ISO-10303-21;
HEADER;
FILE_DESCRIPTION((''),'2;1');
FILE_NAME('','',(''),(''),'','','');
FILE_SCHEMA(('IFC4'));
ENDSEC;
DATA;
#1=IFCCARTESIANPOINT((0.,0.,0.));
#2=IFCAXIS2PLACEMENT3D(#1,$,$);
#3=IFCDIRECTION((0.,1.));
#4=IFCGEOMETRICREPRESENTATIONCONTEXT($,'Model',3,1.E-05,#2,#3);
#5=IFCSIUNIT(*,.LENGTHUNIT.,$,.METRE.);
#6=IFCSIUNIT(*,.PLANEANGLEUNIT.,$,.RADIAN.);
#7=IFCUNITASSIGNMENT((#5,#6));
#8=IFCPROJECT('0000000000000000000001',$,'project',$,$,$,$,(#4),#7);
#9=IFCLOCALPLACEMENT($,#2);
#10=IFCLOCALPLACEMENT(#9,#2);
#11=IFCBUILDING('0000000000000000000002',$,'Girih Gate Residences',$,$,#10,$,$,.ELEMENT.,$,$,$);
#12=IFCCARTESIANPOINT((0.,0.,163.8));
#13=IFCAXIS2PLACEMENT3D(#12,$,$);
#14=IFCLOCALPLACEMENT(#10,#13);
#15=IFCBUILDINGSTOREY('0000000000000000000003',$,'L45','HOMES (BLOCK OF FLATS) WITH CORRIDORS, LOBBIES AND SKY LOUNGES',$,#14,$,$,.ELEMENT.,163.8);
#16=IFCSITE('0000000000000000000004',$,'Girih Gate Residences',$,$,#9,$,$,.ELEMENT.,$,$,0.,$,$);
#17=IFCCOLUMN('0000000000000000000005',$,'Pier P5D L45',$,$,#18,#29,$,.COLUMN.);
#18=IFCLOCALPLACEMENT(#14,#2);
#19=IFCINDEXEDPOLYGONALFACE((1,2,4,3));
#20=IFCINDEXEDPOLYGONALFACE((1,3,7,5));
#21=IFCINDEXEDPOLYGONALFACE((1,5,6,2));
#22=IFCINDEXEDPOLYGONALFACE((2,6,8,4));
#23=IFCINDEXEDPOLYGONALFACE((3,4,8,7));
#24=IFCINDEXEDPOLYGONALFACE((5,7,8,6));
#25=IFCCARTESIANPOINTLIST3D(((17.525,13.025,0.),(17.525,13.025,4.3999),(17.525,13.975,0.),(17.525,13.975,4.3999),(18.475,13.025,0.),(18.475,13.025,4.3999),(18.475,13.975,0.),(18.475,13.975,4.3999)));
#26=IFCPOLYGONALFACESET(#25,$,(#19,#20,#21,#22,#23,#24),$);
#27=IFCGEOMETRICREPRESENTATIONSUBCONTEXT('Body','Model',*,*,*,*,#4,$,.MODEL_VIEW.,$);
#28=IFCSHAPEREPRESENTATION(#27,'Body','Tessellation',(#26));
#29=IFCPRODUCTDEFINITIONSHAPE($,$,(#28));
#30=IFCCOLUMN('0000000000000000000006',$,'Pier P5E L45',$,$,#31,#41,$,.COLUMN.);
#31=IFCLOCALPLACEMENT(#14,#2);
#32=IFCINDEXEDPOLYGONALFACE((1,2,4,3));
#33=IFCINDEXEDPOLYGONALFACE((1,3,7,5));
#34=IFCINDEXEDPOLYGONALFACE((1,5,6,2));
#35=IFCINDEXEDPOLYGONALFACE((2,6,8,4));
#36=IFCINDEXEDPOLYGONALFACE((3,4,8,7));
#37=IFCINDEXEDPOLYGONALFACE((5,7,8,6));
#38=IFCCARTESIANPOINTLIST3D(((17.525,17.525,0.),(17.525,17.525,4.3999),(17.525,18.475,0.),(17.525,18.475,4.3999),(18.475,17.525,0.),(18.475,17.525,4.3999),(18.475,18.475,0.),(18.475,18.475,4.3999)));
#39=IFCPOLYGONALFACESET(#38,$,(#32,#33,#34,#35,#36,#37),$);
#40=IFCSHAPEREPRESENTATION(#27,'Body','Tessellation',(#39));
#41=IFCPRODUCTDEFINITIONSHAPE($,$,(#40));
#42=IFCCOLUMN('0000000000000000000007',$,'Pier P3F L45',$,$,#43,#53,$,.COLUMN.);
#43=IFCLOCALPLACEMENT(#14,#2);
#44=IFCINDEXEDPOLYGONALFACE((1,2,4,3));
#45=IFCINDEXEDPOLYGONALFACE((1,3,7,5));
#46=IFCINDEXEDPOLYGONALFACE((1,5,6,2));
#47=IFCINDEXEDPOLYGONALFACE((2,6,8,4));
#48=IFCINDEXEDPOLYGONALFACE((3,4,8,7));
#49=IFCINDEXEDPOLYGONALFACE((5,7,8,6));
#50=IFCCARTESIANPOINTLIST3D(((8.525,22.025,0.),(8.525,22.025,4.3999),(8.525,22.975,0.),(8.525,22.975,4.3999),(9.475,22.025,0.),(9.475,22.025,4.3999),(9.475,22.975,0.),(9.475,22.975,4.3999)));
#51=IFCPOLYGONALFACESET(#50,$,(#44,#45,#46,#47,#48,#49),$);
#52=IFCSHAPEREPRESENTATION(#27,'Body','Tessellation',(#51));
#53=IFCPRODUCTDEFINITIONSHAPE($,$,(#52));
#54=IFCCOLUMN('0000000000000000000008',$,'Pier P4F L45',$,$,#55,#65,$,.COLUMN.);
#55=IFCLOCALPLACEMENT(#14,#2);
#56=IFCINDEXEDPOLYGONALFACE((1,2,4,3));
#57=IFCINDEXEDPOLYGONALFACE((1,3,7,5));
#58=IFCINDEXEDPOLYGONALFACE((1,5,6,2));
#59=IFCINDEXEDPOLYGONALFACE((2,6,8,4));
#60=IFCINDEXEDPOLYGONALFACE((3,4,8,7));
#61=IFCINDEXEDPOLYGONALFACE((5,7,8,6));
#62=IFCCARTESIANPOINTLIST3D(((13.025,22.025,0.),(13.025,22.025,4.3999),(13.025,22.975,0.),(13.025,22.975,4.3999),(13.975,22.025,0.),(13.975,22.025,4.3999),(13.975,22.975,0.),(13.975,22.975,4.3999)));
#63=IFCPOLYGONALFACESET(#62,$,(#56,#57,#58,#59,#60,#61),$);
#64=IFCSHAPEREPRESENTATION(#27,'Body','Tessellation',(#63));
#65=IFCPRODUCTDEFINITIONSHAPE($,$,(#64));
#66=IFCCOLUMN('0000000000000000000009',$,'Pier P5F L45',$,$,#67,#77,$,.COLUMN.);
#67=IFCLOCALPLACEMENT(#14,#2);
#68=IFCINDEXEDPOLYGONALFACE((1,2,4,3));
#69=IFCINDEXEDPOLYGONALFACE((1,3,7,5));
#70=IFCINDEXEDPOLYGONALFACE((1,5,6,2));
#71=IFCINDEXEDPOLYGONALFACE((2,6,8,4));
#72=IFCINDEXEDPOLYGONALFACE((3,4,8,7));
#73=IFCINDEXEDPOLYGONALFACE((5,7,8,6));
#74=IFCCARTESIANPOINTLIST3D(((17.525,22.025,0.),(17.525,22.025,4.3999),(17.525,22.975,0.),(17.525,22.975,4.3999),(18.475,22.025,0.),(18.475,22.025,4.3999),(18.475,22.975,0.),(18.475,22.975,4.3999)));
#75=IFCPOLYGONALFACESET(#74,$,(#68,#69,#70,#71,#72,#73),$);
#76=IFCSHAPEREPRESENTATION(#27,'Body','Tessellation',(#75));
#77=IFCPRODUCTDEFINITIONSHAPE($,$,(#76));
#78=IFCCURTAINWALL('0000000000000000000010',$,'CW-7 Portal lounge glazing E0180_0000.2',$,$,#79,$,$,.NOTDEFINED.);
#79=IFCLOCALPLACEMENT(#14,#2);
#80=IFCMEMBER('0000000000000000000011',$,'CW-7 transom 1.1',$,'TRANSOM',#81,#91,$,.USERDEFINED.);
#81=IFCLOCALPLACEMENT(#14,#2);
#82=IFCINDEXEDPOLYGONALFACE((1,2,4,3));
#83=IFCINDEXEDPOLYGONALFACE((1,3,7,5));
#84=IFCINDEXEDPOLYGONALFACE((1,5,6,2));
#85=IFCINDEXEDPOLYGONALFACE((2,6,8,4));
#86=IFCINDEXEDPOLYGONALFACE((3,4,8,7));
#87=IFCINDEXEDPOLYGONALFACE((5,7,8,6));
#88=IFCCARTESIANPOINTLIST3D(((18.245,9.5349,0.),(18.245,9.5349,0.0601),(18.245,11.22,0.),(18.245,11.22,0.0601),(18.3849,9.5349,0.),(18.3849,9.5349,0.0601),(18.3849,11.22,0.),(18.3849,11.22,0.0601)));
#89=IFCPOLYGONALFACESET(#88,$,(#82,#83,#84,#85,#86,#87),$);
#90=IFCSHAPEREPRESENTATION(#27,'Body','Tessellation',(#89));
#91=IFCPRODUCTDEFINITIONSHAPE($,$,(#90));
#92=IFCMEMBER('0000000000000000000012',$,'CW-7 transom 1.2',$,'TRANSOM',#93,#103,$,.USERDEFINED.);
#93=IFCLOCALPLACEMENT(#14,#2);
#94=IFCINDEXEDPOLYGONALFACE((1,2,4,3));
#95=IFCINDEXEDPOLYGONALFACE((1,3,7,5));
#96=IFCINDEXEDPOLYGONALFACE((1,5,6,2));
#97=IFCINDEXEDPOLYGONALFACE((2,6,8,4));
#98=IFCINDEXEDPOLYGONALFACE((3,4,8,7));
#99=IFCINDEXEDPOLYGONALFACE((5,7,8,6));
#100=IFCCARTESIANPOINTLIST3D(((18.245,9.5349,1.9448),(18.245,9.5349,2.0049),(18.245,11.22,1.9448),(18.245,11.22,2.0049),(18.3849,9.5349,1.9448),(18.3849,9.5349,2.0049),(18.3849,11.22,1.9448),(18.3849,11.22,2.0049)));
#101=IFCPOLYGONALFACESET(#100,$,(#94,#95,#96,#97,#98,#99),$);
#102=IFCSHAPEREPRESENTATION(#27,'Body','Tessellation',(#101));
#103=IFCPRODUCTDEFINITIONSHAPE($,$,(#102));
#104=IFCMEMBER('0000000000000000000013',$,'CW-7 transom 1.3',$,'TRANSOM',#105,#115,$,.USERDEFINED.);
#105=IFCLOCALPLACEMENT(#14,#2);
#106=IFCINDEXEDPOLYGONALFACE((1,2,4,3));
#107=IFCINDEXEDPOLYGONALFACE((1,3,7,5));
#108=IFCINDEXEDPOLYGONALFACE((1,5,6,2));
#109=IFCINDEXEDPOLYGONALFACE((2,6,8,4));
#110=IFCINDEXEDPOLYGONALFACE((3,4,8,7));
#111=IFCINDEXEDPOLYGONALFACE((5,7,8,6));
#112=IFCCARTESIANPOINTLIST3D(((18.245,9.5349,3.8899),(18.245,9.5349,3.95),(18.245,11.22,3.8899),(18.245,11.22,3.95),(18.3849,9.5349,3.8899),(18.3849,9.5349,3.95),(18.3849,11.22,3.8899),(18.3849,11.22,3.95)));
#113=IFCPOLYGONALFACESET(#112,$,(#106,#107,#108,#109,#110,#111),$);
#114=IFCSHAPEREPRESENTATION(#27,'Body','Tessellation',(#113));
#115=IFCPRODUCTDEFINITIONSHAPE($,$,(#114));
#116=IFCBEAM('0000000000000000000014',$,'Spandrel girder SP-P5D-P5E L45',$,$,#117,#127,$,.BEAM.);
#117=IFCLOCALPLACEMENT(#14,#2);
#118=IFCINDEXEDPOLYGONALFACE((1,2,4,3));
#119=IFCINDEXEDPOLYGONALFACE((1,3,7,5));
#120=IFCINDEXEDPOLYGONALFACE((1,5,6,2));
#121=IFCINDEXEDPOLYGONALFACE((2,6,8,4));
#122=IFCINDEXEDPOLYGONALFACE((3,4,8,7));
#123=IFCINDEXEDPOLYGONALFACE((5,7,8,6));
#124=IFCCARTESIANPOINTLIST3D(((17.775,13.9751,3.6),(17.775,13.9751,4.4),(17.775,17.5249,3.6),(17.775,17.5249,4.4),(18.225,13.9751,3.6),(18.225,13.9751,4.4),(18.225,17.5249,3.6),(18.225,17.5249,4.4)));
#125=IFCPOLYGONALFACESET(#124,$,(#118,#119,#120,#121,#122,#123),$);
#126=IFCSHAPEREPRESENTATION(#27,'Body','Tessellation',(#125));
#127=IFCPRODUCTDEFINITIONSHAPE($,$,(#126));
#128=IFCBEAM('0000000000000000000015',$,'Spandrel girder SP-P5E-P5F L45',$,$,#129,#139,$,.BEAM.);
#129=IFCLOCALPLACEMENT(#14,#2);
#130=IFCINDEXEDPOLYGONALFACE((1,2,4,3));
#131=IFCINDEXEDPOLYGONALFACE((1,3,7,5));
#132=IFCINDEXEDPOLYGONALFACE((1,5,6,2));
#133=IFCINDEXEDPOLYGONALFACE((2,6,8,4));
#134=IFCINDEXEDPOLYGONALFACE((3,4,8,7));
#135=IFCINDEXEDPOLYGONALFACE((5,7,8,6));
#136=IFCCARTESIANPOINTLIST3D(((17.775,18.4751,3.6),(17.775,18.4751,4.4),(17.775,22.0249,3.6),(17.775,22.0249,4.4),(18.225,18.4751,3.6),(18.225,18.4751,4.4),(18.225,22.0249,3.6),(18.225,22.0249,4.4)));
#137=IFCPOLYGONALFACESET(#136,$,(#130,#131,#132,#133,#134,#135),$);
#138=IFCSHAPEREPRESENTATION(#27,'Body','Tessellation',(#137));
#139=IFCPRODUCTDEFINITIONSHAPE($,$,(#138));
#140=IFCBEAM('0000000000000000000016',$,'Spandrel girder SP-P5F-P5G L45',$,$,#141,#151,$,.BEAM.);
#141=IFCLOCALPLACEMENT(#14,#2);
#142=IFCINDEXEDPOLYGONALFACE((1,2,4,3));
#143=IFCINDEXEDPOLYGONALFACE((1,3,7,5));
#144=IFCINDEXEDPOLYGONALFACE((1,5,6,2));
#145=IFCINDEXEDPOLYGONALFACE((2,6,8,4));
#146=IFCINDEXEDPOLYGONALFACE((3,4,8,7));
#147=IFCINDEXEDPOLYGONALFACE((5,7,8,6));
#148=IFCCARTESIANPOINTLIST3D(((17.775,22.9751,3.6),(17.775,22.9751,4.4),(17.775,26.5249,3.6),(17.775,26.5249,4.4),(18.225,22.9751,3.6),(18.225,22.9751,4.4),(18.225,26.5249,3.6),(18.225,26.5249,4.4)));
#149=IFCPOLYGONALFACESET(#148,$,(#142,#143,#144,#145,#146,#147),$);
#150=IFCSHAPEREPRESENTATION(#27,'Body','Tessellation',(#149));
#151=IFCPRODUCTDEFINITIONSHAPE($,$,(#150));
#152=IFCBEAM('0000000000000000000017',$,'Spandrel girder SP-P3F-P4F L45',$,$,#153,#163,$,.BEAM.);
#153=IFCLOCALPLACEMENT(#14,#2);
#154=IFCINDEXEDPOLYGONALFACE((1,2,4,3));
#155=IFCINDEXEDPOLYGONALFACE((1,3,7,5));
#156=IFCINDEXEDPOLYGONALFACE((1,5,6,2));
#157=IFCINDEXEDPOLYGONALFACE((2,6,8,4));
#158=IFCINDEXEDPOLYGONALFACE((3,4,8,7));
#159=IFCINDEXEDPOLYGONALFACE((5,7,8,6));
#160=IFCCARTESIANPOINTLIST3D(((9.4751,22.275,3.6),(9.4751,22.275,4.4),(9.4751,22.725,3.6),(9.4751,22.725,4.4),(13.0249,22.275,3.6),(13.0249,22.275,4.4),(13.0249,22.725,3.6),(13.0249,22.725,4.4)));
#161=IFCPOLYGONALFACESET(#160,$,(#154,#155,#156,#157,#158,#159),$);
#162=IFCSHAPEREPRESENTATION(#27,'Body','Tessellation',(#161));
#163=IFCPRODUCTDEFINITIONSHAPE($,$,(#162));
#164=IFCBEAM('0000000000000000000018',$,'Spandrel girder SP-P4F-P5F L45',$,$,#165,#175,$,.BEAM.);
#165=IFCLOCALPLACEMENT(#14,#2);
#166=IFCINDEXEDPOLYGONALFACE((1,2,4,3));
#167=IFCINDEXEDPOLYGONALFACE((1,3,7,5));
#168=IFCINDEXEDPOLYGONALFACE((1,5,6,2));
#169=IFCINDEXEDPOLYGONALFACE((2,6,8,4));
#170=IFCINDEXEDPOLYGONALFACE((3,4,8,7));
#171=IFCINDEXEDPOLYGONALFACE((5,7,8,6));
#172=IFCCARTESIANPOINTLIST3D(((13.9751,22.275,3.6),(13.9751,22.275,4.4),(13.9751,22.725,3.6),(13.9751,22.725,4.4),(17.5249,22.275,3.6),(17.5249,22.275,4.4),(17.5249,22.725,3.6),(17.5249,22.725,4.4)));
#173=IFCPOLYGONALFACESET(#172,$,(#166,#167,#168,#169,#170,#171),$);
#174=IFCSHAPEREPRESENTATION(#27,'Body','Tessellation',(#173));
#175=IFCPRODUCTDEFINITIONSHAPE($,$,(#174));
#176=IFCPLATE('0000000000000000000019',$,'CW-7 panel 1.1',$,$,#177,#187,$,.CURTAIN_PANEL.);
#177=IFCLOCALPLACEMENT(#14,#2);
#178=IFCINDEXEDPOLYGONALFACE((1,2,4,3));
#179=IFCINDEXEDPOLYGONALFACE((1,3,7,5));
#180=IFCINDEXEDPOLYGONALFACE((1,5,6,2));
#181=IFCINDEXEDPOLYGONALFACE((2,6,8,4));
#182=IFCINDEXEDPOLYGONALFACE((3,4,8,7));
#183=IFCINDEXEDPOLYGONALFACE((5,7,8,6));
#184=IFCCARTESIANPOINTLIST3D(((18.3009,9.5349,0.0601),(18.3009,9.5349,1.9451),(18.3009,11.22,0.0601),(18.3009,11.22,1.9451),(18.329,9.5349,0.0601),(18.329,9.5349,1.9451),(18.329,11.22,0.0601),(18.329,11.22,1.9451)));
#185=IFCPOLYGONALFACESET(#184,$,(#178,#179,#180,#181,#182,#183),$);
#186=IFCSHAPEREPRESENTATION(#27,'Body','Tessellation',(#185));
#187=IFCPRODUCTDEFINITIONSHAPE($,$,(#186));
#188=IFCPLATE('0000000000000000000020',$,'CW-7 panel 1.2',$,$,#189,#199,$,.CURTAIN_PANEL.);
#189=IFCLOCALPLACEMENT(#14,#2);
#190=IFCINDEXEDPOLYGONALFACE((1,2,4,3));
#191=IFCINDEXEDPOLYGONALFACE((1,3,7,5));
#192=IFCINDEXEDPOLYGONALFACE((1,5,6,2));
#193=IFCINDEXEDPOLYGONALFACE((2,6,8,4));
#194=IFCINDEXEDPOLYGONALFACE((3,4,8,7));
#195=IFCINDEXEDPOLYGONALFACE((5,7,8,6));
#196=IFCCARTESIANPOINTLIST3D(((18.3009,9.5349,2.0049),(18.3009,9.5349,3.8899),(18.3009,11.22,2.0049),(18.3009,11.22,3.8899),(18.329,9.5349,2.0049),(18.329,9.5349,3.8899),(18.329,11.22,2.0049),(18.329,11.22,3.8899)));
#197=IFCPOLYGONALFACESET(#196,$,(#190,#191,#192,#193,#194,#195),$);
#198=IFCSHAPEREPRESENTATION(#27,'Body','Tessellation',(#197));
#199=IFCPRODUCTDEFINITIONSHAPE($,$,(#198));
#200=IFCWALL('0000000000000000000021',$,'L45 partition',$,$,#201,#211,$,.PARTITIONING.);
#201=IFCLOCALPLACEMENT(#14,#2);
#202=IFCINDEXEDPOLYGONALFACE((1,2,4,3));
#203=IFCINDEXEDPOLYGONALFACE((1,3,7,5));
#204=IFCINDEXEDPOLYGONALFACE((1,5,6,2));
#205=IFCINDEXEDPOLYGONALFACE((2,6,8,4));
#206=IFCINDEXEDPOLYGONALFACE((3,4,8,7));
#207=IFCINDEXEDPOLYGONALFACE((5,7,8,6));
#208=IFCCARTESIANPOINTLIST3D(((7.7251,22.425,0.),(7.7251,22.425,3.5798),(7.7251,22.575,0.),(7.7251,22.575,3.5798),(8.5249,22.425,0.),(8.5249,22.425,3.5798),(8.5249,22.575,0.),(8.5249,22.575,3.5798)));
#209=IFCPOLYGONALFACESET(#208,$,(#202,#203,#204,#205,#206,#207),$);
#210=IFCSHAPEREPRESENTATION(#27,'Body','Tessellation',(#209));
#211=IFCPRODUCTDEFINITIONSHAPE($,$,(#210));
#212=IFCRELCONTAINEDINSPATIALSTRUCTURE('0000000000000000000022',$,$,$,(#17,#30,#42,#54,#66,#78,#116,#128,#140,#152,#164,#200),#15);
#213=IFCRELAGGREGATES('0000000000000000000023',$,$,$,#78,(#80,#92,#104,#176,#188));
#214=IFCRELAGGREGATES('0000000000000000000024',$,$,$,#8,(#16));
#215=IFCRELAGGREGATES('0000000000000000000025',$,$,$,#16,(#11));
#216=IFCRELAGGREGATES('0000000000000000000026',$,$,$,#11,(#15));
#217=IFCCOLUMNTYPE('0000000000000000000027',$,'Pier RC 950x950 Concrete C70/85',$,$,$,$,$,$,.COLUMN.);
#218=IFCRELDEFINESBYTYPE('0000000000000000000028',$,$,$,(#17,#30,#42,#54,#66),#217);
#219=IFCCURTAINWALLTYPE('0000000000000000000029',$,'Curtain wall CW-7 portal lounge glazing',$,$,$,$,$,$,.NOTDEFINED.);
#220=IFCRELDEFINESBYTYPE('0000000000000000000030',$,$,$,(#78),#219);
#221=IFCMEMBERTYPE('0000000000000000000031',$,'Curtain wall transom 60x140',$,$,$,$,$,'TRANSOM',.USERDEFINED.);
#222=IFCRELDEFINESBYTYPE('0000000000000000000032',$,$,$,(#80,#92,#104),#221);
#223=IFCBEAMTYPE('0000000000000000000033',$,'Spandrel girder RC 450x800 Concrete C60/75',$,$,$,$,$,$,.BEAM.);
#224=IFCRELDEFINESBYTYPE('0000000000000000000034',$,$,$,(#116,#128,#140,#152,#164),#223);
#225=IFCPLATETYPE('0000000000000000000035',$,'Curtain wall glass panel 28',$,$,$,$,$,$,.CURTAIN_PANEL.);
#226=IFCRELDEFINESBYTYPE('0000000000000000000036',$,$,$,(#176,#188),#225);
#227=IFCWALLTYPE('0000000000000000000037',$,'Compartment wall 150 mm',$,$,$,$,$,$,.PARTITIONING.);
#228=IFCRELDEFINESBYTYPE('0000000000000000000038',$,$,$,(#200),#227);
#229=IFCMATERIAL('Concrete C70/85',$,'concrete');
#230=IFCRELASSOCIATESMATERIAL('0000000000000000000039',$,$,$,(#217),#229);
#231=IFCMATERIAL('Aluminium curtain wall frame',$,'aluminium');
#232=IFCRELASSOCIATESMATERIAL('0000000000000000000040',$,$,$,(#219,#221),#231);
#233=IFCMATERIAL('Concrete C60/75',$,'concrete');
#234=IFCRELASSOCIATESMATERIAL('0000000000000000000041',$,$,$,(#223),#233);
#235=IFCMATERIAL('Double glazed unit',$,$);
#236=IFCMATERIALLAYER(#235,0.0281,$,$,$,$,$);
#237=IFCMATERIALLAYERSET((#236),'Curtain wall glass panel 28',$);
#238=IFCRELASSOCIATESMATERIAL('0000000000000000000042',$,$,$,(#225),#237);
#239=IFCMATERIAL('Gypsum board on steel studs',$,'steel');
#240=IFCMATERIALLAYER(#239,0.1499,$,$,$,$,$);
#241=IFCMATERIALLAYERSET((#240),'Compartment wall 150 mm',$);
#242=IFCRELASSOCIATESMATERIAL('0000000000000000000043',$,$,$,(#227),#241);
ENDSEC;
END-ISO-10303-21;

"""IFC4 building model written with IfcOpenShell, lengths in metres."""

from ifc_helpers import new_model, si_unit, direction, frame, frame_2d, origin, origin_2d, place, context, subcontext, project, spatial, rectangle, extrude, material, layer, layer_set, material_profile, profile_set, type_object, element, aggregate, save


model = new_model("IFC4")

# Units and contexts
model_context = context("Model", 3, precision=1e-05, world=origin(), true_north=direction((0.0, 1.0)))
body_context = subcontext(model_context, "Body", "Model", "MODEL_VIEW")
ifc_project = project(units=[si_unit("LENGTHUNIT", "METRE"), si_unit("PLANEANGLEUNIT", "RADIAN")], contexts=[model_context])

# Site, building, storey
site_placement = place(None, origin())
site = spatial("IfcSite", under=ifc_project, at=site_placement, Name="Girih Gate Residences", CompositionType="ELEMENT", RefElevation=0.0)
building_placement = place(site_placement, origin())
building = spatial("IfcBuilding", under=site, at=building_placement, Name="Girih Gate Residences", CompositionType="ELEMENT")
storey_placement = place(building_placement, frame((0.0, 0.0, 163.8)))
storey = spatial("IfcBuildingStorey", under=building, at=storey_placement, Name="L45", Description="HOMES (BLOCK OF FLATS) WITH CORRIDORS, LOBBIES AND SKY LOUNGES", CompositionType="ELEMENT", Elevation=163.8)

# Columns
ifc_material_1 = material(Name="Concrete C70/85", Category="concrete")
ifc_material_profile_1 = material_profile(ifc_material_1, rectangle(XDim=0.95, YDim=0.95, at=origin_2d()))
ifc_profile_set_1 = profile_set([ifc_material_profile_1], Name="Concrete C70/85")
column_type = type_object("IfcColumnType", Name="Pier RC 950x950 Concrete C70/85", PredefinedType="COLUMN", material=ifc_profile_set_1)
for number, where, z_axis, x_axis, name in (
    (1, (18.0, 13.5, 0.0), (0.0, 0.0, 1.0), (1.0, 0.0, 0.0), "Pier P5D L45"),
    (2, (18.0, 18.0, 0.0), (0.0, 0.0, 1.0), (1.0, 0.0, 0.0), "Pier P5E L45"),
    (3, (9.0, 22.5, 0.0), (0.0, 0.0, 1.0), (1.0, 0.0, 0.0), "Pier P3F L45"),
    (4, (13.5, 22.5, 0.0), (0.0, 0.0, 1.0), (1.0, 0.0, 0.0), "Pier P4F L45"),
    (5, (18.0, 22.5, 0.0), (0.0, 0.0, 1.0), (1.0, 0.0, 0.0), "Pier P5F L45"),
):
    element("IfcColumn", number, at=place(storey_placement, frame(where, z_axis=z_axis, x_axis=x_axis)), inside=storey, type_object=column_type, Name=name, PredefinedType="COLUMN", context=body_context, shape_type="SweptSolid", body=[
        extrude(rectangle(XDim=0.95, YDim=0.95, at=origin_2d()), origin(), (0.0, 0.0, 1.0), 4.3999),
    ])

# Curtain wall, members
ifc_material_2 = material(Name="Aluminium curtain wall frame", Category="aluminium")
curtain_wall_type = type_object("IfcCurtainWallType", Name="Curtain wall CW-7 portal lounge glazing", PredefinedType="NOTDEFINED", material=ifc_material_2)
curtain_wall_placement = place(storey_placement, origin())
curtain_wall = element("IfcCurtainWall", 6, at=curtain_wall_placement, inside=storey, type_object=curtain_wall_type, Name="CW-7 Portal lounge glazing E0180_0000.2", PredefinedType="NOTDEFINED")
ifc_material_profile_2 = material_profile(ifc_material_2, rectangle(XDim=0.1399, YDim=0.0601, at=origin_2d()))
ifc_profile_set_2 = profile_set([ifc_material_profile_2], Name="Aluminium curtain wall frame")
member_type = type_object("IfcMemberType", Name="Curtain wall transom 60x140", ElementType="TRANSOM", PredefinedType="USERDEFINED", material=ifc_profile_set_2)
member_1_placement = place(storey_placement, frame((18.3149, 9.5349, 0.03), z_axis=(0.0, 1.0, 0.0), x_axis=(-1.0, 0.0, 0.0)))
member_1 = element("IfcMember", 7, at=member_1_placement, type_object=member_type, Name="CW-7 transom 1.1", ObjectType="TRANSOM", PredefinedType="USERDEFINED", context=body_context, shape_type="SweptSolid", body=[
    extrude(rectangle(XDim=0.1399, YDim=0.0601, at=origin_2d()), origin(), (0.0, 0.0, 1.0), 1.6851),
])
member_2_placement = place(storey_placement, frame((18.3149, 9.5349, 1.9749), z_axis=(0.0, 1.0, 0.0), x_axis=(-1.0, 0.0, 0.0)))
member_2 = element("IfcMember", 8, at=member_2_placement, type_object=member_type, Name="CW-7 transom 1.2", ObjectType="TRANSOM", PredefinedType="USERDEFINED", context=body_context, shape_type="SweptSolid", body=[
    extrude(rectangle(XDim=0.1399, YDim=0.0601, at=origin_2d()), origin(), (0.0, 0.0, 1.0), 1.6851),
])
member_3_placement = place(storey_placement, frame((18.3149, 9.5349, 3.9199), z_axis=(0.0, 1.0, 0.0), x_axis=(-1.0, 0.0, 0.0)))
member_3 = element("IfcMember", 9, at=member_3_placement, type_object=member_type, Name="CW-7 transom 1.3", ObjectType="TRANSOM", PredefinedType="USERDEFINED", context=body_context, shape_type="SweptSolid", body=[
    extrude(rectangle(XDim=0.1399, YDim=0.0601, at=origin_2d()), origin(), (0.0, 0.0, 1.0), 1.6851),
])

# Beams
ifc_material_3 = material(Name="Concrete C60/75", Category="concrete")
ifc_material_profile_3 = material_profile(ifc_material_3, rectangle(XDim=0.45, YDim=0.8, at=origin_2d()))
ifc_profile_set_3 = profile_set([ifc_material_profile_3], Name="Concrete C60/75")
beam_type = type_object("IfcBeamType", Name="Spandrel girder RC 450x800 Concrete C60/75", PredefinedType="BEAM", material=ifc_profile_set_3)
for number, where, z_axis, x_axis, name in (
    (10, (18.0, 13.9751, 4.0), (0.0, 1.0, 0.0), (-1.0, 0.0, 0.0), "Spandrel girder SP-P5D-P5E L45"),
    (11, (18.0, 18.4751, 4.0), (0.0, 1.0, 0.0), (-1.0, 0.0, 0.0), "Spandrel girder SP-P5E-P5F L45"),
    (12, (18.0, 22.9751, 4.0), (0.0, 1.0, 0.0), (-1.0, 0.0, 0.0), "Spandrel girder SP-P5F-P5G L45"),
    (13, (9.4751, 22.5, 4.0), (1.0, 0.0, 0.0), (0.0, 1.0, 0.0), "Spandrel girder SP-P3F-P4F L45"),
    (14, (13.9751, 22.5, 4.0), (1.0, 0.0, 0.0), (0.0, 1.0, 0.0), "Spandrel girder SP-P4F-P5F L45"),
):
    element("IfcBeam", number, at=place(storey_placement, frame(where, z_axis=z_axis, x_axis=x_axis)), inside=storey, type_object=beam_type, Name=name, PredefinedType="BEAM", context=body_context, shape_type="SweptSolid", body=[
        extrude(rectangle(XDim=0.45, YDim=0.8, at=origin_2d()), origin(), (0.0, 0.0, 1.0), 3.5498),
    ])

# Plates
ifc_material_4 = material(Name="Double glazed unit")
ifc_layer_1 = layer(ifc_material_4, 0.0281)
ifc_layer_set_1 = layer_set([ifc_layer_1], Name="Curtain wall glass panel 28")
plate_type = type_object("IfcPlateType", Name="Curtain wall glass panel 28", PredefinedType="CURTAIN_PANEL", material=ifc_layer_set_1)
plate_1_placement = place(storey_placement, frame((18.3149, 10.3774, 0.0601), z_axis=(0.0, 0.0, 1.0), x_axis=(0.0, 1.0, 0.0)))
plate_1 = element("IfcPlate", 15, at=plate_1_placement, type_object=plate_type, Name="CW-7 panel 1.1", PredefinedType="CURTAIN_PANEL", context=body_context, shape_type="SweptSolid", body=[
    extrude(rectangle(XDim=1.6851, YDim=0.0281, at=origin_2d()), origin(), (0.0, 0.0, 1.0), 1.885),
])
plate_2_placement = place(storey_placement, frame((18.3149, 10.3774, 2.0049), z_axis=(0.0, 0.0, 1.0), x_axis=(0.0, 1.0, 0.0)))
plate_2 = element("IfcPlate", 16, at=plate_2_placement, type_object=plate_type, Name="CW-7 panel 1.2", PredefinedType="CURTAIN_PANEL", context=body_context, shape_type="SweptSolid", body=[
    extrude(rectangle(XDim=1.6851, YDim=0.0281, at=origin_2d()), origin(), (0.0, 0.0, 1.0), 1.885),
])
aggregate(curtain_wall, [member_1, member_2, member_3, plate_1, plate_2])

# Wall
ifc_material_5 = material(Name="Gypsum board on steel studs", Category="steel")
ifc_layer_2 = layer(ifc_material_5, 0.1499)
ifc_layer_set_2 = layer_set([ifc_layer_2], Name="Compartment wall 150 mm")
wall_type_1 = type_object("IfcWallType", Name="Compartment wall 150 mm", PredefinedType="PARTITIONING", material=ifc_layer_set_2)
wall_1_placement = place(storey_placement, frame((7.7251, 22.5, 0.0), z_axis=(0.0, 0.0, 1.0), x_axis=(1.0, 0.0, 0.0)))
element("IfcWall", 17, at=wall_1_placement, inside=storey, type_object=wall_type_1, Name="L45 partition", PredefinedType="PARTITIONING", context=body_context, shape_type="SweptSolid", body=[
    extrude(rectangle(XDim=0.7998, YDim=0.1499, at=frame_2d((0.3999, 0.0))), origin(), (0.0, 0.0, 1.0), 3.5798),
])

save(model, "model.ifc")
